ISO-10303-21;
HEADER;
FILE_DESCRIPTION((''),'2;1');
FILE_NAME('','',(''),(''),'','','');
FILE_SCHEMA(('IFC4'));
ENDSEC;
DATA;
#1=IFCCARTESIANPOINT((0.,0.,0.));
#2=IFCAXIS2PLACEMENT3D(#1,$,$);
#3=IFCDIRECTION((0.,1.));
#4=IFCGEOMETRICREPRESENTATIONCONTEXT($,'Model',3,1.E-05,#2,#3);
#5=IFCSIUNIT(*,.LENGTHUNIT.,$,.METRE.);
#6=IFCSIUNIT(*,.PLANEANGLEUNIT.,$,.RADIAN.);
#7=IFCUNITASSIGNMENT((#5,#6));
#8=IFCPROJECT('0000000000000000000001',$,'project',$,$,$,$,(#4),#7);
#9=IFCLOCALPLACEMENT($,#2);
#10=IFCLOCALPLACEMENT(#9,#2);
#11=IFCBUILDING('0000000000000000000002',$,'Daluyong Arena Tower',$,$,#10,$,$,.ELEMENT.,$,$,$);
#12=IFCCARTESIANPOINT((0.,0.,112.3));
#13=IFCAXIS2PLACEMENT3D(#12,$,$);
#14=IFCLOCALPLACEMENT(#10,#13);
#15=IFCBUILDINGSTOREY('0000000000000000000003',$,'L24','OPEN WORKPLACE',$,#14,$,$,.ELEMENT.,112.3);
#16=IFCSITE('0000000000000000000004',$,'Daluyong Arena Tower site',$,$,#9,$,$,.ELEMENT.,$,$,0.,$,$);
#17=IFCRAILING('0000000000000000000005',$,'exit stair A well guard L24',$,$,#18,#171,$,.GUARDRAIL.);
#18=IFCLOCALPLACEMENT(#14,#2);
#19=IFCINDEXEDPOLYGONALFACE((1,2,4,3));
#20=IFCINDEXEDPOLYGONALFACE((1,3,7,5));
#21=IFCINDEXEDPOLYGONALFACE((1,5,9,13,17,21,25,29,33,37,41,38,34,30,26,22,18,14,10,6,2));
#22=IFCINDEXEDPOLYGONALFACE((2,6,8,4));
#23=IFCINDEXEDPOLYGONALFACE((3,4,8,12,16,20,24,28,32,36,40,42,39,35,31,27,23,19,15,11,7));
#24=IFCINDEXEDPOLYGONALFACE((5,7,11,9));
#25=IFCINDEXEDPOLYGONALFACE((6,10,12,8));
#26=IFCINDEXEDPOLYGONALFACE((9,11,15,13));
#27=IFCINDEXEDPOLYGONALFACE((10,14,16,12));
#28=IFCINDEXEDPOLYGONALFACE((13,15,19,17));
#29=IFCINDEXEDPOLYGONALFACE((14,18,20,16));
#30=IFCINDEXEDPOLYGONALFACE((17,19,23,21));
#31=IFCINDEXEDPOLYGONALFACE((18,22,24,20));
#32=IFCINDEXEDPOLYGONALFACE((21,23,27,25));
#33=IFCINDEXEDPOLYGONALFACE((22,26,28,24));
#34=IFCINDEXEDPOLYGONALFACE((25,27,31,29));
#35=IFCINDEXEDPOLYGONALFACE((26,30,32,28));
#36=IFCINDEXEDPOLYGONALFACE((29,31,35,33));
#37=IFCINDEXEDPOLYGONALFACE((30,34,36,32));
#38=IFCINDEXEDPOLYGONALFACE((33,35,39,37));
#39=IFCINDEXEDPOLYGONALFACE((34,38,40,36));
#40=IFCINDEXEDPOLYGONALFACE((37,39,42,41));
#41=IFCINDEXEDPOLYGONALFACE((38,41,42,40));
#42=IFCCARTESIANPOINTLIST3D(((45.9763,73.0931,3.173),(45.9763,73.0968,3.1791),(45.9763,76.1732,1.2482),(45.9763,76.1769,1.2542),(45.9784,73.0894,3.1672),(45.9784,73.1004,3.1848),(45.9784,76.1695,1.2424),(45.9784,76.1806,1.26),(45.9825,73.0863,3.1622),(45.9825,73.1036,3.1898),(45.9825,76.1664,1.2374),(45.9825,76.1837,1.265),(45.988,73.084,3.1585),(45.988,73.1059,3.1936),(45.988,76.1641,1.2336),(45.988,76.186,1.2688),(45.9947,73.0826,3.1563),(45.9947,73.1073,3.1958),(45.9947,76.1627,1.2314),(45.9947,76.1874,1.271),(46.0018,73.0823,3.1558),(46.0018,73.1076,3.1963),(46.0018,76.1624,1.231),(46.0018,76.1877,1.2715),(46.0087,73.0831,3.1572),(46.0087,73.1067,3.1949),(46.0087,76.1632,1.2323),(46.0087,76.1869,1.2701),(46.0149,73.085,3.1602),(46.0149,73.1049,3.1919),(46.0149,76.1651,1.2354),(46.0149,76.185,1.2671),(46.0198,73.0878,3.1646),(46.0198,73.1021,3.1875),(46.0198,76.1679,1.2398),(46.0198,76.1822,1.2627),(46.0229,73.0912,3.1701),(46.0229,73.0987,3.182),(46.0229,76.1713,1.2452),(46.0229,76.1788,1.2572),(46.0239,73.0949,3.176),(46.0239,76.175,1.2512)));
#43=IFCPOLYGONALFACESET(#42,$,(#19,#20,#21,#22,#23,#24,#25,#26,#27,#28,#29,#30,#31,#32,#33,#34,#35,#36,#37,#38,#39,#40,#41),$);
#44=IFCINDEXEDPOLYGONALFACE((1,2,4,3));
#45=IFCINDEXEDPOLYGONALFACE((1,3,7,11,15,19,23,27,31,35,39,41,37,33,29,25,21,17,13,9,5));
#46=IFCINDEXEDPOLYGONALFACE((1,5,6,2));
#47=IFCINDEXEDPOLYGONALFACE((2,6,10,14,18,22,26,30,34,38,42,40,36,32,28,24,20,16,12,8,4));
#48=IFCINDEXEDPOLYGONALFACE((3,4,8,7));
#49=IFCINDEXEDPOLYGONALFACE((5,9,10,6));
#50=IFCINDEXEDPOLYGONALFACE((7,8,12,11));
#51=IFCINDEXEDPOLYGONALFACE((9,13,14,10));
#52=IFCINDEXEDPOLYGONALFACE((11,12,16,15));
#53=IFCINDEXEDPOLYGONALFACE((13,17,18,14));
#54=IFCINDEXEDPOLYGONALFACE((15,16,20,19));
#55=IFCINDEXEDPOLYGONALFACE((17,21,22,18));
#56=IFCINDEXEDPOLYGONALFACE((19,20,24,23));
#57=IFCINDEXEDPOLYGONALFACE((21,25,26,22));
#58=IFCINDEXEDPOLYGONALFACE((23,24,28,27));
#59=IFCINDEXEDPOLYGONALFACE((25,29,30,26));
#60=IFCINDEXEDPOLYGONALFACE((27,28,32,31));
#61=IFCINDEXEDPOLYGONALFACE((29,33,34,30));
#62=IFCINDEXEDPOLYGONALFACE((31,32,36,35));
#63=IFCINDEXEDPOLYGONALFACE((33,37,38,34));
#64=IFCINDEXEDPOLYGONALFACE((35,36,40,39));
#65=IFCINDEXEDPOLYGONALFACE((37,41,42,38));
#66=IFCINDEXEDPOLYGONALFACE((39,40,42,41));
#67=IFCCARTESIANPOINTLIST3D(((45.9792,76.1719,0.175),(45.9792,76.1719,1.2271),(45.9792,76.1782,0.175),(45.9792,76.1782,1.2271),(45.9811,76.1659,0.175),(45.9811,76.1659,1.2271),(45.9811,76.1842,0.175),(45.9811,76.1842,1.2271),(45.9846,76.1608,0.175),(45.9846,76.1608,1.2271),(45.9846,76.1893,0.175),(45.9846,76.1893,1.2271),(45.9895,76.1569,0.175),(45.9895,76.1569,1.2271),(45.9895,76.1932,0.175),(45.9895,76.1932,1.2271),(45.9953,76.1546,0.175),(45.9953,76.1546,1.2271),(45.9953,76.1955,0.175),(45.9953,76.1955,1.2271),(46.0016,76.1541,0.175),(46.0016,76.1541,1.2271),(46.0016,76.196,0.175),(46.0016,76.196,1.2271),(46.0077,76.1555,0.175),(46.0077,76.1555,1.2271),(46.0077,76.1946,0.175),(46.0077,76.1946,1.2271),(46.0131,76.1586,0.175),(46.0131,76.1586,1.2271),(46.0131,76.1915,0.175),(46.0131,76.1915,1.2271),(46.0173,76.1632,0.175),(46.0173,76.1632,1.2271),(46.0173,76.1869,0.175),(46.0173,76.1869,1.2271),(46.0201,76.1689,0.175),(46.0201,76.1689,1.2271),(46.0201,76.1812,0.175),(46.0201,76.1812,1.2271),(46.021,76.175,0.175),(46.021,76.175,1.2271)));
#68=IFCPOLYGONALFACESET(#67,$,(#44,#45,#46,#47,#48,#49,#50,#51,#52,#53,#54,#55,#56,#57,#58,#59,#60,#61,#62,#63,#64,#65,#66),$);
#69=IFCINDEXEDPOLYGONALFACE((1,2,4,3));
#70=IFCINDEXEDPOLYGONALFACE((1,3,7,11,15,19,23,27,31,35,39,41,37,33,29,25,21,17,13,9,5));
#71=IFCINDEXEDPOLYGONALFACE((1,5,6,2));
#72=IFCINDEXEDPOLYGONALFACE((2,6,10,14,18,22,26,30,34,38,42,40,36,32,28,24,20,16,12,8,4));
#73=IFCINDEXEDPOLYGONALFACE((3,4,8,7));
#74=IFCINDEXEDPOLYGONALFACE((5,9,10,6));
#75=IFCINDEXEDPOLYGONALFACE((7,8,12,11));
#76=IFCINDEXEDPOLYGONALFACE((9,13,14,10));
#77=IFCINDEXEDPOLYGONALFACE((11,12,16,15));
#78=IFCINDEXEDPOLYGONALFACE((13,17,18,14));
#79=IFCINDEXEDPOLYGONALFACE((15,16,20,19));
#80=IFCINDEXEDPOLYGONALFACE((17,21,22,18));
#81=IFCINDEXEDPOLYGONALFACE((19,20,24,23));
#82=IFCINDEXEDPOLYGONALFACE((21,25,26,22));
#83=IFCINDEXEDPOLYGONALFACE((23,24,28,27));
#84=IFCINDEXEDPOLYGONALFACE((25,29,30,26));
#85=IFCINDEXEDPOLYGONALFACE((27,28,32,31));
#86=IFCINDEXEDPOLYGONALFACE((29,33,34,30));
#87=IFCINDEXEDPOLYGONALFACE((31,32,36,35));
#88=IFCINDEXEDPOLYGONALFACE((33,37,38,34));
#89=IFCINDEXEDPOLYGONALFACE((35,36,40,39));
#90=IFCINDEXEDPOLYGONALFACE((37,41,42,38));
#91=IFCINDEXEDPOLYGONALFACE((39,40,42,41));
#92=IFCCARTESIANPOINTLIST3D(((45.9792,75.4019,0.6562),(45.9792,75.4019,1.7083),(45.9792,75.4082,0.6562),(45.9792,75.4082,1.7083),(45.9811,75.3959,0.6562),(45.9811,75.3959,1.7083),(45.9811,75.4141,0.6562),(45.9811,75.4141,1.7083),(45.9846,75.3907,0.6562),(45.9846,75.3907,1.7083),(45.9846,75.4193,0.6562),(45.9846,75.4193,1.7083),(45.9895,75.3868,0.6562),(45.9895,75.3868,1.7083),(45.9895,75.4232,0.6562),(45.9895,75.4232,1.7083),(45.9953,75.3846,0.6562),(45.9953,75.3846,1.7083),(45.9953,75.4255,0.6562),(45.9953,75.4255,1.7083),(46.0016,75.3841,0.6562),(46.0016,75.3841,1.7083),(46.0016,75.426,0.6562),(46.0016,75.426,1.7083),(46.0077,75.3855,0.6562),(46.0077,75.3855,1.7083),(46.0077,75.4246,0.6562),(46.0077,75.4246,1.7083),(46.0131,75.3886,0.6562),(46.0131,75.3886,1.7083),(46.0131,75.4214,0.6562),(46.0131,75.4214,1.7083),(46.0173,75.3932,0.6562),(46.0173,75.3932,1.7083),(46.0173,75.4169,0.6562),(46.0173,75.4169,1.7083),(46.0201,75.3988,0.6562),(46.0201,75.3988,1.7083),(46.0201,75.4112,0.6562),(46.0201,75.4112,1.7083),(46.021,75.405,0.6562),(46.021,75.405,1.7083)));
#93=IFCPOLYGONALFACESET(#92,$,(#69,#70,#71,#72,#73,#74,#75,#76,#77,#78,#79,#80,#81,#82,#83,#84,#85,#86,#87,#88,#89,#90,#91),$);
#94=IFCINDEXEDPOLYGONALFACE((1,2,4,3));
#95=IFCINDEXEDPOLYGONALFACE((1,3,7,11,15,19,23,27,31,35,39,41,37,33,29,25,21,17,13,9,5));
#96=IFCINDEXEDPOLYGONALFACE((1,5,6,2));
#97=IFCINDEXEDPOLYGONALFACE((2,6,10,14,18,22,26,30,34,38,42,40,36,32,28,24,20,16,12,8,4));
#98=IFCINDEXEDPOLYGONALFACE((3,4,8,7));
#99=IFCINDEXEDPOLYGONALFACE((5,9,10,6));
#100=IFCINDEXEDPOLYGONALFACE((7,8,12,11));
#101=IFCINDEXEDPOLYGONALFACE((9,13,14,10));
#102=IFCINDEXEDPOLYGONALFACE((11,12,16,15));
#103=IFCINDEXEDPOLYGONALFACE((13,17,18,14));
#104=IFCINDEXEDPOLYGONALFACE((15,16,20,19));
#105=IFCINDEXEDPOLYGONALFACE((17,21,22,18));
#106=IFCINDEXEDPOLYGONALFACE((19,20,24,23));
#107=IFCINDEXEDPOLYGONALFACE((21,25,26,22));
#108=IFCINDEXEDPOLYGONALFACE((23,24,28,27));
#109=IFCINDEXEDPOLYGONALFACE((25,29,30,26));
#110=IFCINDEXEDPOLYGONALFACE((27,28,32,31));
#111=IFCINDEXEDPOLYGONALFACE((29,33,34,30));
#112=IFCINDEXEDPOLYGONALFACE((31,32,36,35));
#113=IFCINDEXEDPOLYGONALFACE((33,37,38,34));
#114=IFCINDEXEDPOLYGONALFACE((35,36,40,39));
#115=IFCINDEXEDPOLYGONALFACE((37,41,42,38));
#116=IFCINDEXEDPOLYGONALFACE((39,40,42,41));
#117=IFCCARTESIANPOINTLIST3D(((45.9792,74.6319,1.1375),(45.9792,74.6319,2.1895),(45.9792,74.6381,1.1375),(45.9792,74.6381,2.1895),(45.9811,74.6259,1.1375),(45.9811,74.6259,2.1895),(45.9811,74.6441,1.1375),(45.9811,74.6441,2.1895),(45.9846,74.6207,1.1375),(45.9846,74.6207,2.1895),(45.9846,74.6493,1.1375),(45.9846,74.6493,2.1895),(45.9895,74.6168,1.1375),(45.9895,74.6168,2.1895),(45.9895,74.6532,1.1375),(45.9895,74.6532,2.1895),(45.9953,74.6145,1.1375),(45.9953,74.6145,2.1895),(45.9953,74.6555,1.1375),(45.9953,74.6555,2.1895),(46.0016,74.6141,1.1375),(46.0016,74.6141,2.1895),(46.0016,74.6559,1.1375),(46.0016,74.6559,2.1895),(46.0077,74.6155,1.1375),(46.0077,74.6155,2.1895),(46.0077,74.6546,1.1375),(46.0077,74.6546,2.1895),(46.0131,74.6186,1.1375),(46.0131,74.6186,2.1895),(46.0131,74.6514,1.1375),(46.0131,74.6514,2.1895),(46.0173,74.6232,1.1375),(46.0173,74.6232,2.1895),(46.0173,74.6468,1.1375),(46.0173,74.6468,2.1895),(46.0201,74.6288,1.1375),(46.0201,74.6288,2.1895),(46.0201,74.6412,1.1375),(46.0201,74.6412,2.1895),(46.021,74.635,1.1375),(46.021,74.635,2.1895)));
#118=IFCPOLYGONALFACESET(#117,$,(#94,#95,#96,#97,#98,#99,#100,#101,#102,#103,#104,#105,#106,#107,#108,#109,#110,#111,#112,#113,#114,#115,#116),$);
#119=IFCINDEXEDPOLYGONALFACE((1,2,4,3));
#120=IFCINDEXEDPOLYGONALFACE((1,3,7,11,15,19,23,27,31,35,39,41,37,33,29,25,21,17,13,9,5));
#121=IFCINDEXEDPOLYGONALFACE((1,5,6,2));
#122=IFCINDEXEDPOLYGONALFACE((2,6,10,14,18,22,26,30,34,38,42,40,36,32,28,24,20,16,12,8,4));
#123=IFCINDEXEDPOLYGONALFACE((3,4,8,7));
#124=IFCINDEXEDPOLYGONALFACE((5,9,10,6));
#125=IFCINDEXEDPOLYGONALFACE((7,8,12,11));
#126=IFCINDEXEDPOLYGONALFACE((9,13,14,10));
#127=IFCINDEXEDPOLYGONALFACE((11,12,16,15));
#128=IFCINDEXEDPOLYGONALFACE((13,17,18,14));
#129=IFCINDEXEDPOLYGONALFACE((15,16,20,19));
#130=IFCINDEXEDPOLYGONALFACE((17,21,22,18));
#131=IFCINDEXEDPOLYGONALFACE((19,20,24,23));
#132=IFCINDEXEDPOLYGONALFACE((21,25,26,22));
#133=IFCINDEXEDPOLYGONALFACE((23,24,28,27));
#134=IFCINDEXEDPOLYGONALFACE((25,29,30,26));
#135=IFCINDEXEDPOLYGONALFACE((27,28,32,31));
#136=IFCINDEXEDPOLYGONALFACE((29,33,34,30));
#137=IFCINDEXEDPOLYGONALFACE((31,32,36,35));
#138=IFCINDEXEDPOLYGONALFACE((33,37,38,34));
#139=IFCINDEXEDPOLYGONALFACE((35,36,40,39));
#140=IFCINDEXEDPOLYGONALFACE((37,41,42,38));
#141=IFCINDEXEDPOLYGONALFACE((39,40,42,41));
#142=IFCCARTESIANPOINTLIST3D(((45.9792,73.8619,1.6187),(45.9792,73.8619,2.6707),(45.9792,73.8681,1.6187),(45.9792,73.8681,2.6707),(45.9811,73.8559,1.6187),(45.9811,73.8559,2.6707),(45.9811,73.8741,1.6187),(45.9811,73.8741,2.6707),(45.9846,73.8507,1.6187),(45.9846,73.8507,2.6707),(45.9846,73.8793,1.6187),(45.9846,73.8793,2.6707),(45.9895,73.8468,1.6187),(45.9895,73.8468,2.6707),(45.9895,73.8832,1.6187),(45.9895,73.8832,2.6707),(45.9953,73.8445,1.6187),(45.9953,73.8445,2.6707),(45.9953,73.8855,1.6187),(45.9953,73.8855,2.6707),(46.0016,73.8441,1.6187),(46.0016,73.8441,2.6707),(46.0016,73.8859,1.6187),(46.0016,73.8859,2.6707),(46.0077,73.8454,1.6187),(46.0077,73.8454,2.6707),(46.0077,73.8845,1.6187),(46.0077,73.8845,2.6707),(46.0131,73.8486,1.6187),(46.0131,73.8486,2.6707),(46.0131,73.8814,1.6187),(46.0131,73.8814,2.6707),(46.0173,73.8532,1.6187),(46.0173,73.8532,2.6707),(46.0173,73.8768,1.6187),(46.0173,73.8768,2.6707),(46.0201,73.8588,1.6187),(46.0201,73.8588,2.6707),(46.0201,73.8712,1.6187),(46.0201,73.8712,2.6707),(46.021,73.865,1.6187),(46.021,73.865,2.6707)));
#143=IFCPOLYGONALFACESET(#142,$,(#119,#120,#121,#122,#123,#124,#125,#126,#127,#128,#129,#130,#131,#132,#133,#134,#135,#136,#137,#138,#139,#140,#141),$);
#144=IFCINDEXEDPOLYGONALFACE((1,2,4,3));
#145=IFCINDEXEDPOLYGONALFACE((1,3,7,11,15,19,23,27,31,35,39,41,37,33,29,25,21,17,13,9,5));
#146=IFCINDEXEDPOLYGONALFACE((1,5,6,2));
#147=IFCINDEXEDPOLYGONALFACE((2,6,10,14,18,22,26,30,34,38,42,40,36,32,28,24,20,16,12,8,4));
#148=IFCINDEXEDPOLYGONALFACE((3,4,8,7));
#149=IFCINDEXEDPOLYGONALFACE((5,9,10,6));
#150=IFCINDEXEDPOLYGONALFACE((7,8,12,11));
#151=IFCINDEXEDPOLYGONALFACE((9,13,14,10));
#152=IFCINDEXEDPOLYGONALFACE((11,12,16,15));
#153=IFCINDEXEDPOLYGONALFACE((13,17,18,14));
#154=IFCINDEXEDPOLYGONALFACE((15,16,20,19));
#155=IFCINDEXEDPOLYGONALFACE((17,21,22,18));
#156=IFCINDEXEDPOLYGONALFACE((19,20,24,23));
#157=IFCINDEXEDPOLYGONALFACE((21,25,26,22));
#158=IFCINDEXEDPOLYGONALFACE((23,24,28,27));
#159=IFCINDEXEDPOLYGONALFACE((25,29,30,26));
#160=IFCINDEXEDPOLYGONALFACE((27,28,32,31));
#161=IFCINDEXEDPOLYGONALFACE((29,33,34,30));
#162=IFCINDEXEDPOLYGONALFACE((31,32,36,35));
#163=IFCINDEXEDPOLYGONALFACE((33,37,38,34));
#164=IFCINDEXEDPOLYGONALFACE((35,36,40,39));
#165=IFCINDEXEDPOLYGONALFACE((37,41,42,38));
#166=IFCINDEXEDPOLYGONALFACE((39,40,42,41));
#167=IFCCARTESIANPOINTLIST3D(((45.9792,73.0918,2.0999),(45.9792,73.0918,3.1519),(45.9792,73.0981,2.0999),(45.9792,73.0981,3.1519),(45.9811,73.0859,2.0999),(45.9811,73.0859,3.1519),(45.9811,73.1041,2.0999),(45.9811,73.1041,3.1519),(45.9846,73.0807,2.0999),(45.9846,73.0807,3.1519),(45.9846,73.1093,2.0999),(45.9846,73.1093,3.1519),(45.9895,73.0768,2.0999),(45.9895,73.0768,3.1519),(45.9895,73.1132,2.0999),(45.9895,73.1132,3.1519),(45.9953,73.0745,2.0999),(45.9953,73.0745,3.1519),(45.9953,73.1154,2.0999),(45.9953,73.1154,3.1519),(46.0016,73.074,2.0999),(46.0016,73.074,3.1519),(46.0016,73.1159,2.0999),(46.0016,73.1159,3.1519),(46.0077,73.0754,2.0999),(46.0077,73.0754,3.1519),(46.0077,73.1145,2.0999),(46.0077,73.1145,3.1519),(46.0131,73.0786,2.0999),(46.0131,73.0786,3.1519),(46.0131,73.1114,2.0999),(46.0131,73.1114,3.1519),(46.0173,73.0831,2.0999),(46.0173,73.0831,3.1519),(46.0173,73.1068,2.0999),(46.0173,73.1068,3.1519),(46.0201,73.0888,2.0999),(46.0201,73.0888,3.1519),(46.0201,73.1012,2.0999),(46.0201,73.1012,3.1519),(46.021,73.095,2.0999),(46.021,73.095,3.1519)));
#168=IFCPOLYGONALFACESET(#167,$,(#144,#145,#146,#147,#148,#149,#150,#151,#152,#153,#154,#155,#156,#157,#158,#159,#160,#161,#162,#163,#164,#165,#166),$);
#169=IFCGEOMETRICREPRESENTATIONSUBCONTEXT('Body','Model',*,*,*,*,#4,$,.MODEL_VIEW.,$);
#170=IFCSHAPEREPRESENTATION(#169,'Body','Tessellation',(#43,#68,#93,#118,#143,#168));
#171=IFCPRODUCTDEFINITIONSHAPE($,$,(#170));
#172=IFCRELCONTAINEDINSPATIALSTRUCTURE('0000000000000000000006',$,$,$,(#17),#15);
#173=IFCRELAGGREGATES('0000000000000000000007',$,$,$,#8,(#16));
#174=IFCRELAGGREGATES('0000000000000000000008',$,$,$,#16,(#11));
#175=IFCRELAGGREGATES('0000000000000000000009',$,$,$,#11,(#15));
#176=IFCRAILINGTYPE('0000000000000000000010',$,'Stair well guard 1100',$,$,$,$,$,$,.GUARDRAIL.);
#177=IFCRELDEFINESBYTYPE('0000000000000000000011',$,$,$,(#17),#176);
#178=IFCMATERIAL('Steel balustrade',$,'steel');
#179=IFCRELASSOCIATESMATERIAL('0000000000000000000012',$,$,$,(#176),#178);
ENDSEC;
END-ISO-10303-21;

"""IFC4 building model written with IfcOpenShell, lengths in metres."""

from ifc_helpers import new_model, si_unit, direction, frame, origin, origin_2d, place, context, subcontext, project, spatial, circle, extrude, material, type_object, element, save


model = new_model("IFC4")

# Units and contexts
model_context = context("Model", 3, precision=1e-05, world=origin(), true_north=direction((0.0, 1.0)))
body_context = subcontext(model_context, "Body", "Model", "MODEL_VIEW")
ifc_project = project(units=[si_unit("LENGTHUNIT", "METRE"), si_unit("PLANEANGLEUNIT", "RADIAN")], contexts=[model_context])

# Site, building, storey
site_placement = place(None, origin())
site = spatial("IfcSite", under=ifc_project, at=site_placement, Name="Daluyong Arena Tower site", CompositionType="ELEMENT", RefElevation=0.0)
building_placement = place(site_placement, origin())
building = spatial("IfcBuilding", under=site, at=building_placement, Name="Daluyong Arena Tower", CompositionType="ELEMENT")
storey_placement = place(building_placement, frame((0.0, 0.0, 112.3)))
storey = spatial("IfcBuildingStorey", under=building, at=storey_placement, Name="L24", Description="OPEN WORKPLACE", CompositionType="ELEMENT", Elevation=112.3)

# Railing
ifc_material_1 = material(Name="Steel balustrade", Category="steel")
railing_type = type_object("IfcRailingType", Name="Stair well guard 1100", PredefinedType="GUARDRAIL", material=ifc_material_1)
railing_1_placement = place(storey_placement, frame((46.0, 76.175, 0.175)))
element("IfcRailing", 1, at=railing_1_placement, inside=storey, type_object=railing_type, Name="exit stair A well guard L24", PredefinedType="GUARDRAIL", context=body_context, shape_type="SweptSolid", body=[
    extrude(circle(Radius=0.0239, at=origin_2d()), frame((0.0, 0.0, 1.0762), z_axis=(0.0, -0.848029, 0.529951), x_axis=(1.0, 0.0, 0.0)), (0.0, 0.0, 1.0), 3.6321),
    extrude(circle(Radius=0.021, at=origin_2d()), origin(), (0.0, 0.0, 1.0), 1.052),
    extrude(circle(Radius=0.021, at=origin_2d()), frame((0.0, -0.77, 0.4812)), (0.0, 0.0, 1.0), 1.052),
    extrude(circle(Radius=0.021, at=origin_2d()), frame((0.0, -1.54, 0.9624)), (0.0, 0.0, 1.0), 1.052),
    extrude(circle(Radius=0.021, at=origin_2d()), frame((0.0, -2.3101, 1.4436)), (0.0, 0.0, 1.0), 1.052),
    extrude(circle(Radius=0.021, at=origin_2d()), frame((0.0, -3.0801, 1.9248)), (0.0, 0.0, 1.0), 1.052),
])

save(model, "model.ifc")
